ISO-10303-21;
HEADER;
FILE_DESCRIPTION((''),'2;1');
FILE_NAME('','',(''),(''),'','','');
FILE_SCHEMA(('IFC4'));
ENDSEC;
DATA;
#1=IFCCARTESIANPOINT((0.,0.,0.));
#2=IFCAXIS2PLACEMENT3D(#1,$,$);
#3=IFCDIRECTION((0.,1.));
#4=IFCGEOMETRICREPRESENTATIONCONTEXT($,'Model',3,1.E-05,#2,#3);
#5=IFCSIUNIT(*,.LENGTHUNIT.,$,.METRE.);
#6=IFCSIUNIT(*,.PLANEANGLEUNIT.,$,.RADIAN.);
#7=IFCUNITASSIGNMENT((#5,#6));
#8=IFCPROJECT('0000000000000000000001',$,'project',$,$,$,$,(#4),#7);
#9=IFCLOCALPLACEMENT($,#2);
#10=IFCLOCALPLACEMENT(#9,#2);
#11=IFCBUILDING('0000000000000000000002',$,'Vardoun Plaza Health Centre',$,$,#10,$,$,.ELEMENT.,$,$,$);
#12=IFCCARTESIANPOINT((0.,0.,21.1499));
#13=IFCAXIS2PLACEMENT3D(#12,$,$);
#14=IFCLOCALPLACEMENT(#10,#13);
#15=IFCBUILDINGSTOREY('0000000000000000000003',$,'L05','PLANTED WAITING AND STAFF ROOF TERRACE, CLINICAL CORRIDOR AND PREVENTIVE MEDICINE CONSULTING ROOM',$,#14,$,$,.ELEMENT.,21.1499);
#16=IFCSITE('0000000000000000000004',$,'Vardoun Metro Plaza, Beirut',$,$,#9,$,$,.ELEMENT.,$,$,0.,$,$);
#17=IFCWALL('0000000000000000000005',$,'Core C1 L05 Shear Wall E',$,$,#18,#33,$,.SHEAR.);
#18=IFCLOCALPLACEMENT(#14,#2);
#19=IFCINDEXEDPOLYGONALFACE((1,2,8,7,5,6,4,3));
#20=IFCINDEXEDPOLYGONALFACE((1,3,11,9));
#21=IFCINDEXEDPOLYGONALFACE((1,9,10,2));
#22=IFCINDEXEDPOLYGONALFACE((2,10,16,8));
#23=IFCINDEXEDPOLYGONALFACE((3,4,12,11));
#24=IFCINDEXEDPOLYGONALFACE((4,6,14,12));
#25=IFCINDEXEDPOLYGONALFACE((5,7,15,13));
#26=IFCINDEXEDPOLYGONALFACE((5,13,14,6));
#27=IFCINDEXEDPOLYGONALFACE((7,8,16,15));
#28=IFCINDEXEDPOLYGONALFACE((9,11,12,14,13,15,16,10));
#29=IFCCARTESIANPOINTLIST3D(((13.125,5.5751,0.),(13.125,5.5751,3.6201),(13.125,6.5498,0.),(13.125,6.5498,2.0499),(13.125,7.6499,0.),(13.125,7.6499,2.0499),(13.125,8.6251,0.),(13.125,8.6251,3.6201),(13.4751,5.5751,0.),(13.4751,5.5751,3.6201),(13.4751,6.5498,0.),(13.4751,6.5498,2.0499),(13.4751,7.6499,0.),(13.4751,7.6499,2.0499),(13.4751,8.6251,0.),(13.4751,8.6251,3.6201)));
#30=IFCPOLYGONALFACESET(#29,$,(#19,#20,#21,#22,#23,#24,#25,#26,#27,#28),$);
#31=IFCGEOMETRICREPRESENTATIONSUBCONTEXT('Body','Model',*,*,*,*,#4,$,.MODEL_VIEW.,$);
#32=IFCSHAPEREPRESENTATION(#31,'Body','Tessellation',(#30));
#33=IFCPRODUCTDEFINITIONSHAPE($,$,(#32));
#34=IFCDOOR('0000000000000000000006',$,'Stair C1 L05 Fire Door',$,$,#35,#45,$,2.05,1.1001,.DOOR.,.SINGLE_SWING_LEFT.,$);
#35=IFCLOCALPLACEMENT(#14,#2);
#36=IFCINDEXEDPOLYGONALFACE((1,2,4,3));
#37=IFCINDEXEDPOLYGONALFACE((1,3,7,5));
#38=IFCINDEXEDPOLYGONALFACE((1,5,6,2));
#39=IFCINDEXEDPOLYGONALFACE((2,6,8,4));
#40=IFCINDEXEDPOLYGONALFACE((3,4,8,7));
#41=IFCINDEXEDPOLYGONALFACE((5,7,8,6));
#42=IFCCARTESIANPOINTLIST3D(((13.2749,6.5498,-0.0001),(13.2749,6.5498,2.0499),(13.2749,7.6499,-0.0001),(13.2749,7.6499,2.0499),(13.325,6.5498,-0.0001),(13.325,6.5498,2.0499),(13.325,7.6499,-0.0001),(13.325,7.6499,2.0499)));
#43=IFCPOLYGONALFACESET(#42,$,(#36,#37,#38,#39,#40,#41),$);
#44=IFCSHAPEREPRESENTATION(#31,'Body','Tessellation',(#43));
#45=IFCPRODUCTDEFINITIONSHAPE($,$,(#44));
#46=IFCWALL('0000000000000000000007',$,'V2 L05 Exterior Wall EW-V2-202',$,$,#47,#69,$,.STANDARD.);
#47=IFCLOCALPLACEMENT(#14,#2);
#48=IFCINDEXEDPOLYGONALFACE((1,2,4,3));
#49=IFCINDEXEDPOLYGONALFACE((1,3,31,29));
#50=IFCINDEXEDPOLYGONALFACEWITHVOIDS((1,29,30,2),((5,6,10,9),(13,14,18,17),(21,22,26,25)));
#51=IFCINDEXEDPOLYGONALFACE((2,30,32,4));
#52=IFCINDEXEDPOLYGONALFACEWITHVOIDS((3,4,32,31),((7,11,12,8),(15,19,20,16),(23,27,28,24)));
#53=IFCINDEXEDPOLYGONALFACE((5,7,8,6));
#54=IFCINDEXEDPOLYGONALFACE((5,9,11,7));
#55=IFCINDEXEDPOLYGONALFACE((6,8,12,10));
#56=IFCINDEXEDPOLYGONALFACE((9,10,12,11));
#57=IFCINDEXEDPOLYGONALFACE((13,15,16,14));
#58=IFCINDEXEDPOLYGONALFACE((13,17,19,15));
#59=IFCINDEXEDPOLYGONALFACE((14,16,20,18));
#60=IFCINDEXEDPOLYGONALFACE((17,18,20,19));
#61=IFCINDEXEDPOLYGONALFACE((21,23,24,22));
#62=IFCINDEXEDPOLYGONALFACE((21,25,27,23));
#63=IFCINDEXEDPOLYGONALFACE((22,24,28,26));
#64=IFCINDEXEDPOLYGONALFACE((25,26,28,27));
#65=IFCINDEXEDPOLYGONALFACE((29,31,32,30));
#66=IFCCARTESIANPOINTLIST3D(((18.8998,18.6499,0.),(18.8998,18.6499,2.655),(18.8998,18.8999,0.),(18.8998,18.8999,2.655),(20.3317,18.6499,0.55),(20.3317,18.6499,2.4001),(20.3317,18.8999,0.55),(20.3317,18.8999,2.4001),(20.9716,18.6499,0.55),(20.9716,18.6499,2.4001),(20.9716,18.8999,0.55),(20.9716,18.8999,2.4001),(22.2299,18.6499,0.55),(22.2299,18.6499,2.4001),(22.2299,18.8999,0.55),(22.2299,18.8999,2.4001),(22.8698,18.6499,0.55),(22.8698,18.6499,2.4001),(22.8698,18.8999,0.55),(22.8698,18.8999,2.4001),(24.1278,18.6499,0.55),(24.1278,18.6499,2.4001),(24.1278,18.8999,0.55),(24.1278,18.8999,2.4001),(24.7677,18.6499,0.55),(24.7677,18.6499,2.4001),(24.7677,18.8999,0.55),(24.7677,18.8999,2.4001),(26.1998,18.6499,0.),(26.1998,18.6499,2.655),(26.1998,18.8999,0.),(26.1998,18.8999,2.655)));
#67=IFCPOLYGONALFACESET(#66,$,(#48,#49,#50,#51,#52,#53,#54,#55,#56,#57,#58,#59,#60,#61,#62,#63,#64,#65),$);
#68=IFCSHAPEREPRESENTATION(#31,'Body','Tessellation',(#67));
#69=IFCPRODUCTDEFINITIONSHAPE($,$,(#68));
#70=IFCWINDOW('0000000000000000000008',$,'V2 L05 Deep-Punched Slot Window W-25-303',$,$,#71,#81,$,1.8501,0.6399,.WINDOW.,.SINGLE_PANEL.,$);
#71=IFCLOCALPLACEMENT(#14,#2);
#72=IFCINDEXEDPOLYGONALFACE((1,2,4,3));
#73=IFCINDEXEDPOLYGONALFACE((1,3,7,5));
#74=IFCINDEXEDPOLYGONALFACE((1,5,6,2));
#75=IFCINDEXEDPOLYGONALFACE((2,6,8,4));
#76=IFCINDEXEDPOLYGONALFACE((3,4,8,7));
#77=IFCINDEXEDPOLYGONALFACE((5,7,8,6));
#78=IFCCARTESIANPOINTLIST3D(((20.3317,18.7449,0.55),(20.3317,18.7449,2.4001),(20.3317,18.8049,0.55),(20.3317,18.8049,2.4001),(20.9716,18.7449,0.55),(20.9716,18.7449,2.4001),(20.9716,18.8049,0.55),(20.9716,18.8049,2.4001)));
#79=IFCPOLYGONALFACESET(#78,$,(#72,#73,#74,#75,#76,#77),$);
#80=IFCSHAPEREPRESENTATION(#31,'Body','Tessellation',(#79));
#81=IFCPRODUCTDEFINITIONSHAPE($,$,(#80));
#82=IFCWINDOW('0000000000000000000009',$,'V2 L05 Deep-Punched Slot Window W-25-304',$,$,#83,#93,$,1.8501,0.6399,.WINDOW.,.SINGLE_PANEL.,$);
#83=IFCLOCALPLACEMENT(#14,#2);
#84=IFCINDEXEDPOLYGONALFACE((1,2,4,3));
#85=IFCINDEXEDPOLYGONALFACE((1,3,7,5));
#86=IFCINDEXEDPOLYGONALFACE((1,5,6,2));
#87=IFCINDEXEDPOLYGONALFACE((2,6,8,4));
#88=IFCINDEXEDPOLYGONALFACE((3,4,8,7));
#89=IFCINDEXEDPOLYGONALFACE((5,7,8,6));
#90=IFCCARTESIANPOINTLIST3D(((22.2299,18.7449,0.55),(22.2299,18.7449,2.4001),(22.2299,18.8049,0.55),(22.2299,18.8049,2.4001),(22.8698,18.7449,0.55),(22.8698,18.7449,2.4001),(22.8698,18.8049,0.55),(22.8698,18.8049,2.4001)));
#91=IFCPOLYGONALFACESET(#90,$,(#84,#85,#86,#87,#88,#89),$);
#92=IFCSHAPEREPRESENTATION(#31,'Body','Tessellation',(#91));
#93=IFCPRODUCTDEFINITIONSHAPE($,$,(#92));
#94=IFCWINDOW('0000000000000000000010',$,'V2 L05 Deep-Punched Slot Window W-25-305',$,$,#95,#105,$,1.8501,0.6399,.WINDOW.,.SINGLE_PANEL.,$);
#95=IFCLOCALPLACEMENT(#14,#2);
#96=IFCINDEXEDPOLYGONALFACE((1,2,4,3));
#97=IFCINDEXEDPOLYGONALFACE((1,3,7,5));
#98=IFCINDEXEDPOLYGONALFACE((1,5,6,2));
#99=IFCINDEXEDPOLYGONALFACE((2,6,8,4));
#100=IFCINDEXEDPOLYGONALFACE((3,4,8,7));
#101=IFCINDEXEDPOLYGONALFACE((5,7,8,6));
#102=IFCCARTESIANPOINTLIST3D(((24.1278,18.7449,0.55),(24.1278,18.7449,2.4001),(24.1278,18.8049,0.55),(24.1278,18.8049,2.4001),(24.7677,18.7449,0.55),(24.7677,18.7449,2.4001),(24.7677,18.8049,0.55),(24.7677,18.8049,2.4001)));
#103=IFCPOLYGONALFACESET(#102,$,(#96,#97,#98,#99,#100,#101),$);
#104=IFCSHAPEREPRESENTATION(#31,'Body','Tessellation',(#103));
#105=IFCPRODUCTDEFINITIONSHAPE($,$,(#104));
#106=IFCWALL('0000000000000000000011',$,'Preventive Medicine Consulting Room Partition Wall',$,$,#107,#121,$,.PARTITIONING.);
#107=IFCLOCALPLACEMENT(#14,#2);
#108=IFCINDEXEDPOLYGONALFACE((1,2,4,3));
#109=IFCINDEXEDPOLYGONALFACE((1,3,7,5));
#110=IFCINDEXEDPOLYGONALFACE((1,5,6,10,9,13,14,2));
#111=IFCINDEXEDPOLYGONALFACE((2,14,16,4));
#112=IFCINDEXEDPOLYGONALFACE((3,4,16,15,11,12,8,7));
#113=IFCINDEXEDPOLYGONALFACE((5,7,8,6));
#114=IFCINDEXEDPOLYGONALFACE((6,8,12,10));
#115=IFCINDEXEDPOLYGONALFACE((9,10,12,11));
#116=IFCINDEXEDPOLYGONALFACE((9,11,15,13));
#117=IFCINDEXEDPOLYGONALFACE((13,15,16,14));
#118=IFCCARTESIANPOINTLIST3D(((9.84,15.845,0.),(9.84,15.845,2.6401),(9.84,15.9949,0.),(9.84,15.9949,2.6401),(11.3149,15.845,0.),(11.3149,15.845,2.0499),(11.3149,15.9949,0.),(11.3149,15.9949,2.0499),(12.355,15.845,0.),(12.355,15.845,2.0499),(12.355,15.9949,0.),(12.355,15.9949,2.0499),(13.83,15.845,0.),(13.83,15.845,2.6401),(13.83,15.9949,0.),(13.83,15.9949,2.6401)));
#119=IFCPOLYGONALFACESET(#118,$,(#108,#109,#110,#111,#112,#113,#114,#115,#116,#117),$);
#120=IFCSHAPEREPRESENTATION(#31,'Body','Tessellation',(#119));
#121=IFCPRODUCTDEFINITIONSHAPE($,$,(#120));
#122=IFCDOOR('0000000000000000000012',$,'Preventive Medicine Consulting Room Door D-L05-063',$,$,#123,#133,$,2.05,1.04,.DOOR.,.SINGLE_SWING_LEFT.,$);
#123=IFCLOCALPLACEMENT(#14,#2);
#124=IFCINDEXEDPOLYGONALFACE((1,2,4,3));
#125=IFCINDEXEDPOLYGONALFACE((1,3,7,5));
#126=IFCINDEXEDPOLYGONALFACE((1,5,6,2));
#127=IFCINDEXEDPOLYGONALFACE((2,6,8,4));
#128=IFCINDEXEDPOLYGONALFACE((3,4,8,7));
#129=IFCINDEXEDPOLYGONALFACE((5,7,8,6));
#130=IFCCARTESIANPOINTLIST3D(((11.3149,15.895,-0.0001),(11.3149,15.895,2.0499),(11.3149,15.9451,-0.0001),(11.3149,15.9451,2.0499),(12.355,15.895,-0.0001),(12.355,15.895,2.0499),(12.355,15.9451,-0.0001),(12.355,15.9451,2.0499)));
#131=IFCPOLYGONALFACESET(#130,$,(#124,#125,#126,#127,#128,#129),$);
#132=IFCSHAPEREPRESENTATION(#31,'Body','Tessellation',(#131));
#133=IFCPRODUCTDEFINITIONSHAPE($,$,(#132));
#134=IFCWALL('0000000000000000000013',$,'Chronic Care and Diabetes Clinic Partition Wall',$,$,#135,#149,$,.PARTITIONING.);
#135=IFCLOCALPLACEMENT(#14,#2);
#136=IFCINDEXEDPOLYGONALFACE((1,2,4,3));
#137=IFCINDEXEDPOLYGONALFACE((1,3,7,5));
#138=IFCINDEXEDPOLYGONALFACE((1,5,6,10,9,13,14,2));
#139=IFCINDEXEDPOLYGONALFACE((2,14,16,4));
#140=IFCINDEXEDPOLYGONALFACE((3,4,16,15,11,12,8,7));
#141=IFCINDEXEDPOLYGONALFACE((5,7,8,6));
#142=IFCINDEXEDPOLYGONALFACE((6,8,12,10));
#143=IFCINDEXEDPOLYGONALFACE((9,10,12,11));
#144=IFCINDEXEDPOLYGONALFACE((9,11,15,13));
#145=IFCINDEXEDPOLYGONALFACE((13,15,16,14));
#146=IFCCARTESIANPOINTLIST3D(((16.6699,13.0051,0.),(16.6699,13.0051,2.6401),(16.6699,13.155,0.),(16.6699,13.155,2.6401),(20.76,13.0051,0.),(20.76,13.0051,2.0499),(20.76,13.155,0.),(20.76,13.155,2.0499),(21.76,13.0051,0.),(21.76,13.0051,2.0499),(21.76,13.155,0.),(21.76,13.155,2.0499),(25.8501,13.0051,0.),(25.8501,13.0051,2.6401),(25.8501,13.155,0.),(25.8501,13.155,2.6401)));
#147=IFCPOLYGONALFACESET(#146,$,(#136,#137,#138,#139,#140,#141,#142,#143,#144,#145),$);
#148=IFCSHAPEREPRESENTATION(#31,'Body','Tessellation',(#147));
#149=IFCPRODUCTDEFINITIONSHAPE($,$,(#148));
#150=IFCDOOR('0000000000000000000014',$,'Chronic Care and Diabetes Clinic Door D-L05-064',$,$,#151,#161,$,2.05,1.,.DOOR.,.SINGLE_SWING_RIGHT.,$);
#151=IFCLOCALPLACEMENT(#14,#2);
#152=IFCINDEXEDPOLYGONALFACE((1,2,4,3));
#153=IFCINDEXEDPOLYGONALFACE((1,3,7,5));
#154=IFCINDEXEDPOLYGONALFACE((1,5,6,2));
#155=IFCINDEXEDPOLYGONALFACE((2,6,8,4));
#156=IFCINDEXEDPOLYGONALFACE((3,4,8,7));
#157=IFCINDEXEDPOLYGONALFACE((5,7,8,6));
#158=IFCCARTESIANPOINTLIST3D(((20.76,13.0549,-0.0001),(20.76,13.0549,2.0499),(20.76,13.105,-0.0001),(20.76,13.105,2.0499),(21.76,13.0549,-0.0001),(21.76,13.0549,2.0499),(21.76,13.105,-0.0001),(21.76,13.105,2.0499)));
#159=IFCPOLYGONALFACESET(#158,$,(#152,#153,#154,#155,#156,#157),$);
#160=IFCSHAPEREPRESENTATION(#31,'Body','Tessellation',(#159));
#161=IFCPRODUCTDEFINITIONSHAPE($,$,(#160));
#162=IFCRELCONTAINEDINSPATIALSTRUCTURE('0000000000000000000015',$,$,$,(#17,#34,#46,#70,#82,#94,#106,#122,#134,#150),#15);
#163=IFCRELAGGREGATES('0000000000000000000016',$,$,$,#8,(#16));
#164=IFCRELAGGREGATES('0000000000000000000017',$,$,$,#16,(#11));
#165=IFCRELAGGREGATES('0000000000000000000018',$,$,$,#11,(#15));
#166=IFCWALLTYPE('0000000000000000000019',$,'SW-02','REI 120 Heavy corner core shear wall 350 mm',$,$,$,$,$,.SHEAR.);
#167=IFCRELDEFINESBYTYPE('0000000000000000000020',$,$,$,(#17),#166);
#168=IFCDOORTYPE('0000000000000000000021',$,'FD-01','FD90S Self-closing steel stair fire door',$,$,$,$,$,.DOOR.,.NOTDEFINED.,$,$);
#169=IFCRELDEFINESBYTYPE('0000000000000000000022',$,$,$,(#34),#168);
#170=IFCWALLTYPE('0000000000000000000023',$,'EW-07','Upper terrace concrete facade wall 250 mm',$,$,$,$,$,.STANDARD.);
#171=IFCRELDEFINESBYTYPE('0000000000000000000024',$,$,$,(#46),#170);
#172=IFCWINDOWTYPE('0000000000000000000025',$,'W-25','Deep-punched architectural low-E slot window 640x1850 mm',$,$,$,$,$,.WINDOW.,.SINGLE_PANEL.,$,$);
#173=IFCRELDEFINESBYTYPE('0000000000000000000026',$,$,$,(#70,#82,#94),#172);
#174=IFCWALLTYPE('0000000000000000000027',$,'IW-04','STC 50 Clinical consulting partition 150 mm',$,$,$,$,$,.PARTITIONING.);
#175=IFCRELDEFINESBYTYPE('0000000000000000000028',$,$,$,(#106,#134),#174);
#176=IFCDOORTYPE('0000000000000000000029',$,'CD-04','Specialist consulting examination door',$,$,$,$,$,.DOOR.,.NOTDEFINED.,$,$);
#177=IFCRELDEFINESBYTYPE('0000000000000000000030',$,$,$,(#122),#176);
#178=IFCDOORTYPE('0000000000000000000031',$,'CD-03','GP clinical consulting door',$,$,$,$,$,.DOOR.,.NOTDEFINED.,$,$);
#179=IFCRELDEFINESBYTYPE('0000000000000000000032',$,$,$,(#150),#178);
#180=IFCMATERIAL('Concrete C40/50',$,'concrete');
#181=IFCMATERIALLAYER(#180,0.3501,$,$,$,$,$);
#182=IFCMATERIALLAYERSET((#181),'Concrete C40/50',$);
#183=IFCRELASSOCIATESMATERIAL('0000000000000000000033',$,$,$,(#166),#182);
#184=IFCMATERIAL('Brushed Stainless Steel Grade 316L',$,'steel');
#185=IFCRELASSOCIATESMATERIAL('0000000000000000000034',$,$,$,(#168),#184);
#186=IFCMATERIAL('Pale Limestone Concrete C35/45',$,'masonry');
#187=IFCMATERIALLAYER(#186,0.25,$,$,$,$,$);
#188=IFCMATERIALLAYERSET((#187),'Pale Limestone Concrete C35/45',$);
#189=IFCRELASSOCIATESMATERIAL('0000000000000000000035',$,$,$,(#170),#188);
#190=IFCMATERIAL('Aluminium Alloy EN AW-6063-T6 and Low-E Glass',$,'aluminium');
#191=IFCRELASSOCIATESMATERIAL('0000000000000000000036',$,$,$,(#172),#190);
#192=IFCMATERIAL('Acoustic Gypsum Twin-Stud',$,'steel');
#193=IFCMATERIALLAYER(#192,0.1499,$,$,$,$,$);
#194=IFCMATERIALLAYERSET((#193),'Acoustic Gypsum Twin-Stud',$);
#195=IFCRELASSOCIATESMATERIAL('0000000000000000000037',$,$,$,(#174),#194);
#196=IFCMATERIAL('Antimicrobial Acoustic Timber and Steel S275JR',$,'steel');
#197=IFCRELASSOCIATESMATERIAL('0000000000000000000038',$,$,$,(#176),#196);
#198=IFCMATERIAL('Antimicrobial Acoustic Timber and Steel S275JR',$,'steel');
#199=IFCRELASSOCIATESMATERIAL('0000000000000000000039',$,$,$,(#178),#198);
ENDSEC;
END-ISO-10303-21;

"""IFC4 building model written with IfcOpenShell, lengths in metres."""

from ifc_helpers import new_model, si_unit, direction, frame, frame_2d, origin, place, context, subcontext, project, spatial, rectangle, extrude, material, layer, layer_set, type_object, element, fill, save


model = new_model("IFC4")

# Units and contexts
model_context = context("Model", 3, precision=1e-05, world=origin(), true_north=direction((0.0, 1.0)))
body_context = subcontext(model_context, "Body", "Model", "MODEL_VIEW")
ifc_project = project(units=[si_unit("LENGTHUNIT", "METRE"), si_unit("PLANEANGLEUNIT", "RADIAN")], contexts=[model_context])

# Site, building, storey
site_placement = place(None, origin())
site = spatial("IfcSite", under=ifc_project, at=site_placement, Name="Vardoun Metro Plaza, Beirut", CompositionType="ELEMENT", RefElevation=0.0)
building_placement = place(site_placement, origin())
building = spatial("IfcBuilding", under=site, at=building_placement, Name="Vardoun Plaza Health Centre", CompositionType="ELEMENT")
storey_placement = place(building_placement, frame((0.0, 0.0, 21.1499)))
storey = spatial("IfcBuildingStorey", under=building, at=storey_placement, Name="L05", Description="PLANTED WAITING AND STAFF ROOF TERRACE, CLINICAL CORRIDOR AND PREVENTIVE MEDICINE CONSULTING ROOM", CompositionType="ELEMENT", Elevation=21.1499)

# Shared definitions
ifc_material_1 = material(Name="Concrete C40/50", Category="concrete")
ifc_layer_1 = layer(ifc_material_1, 0.3501)
ifc_layer_set_1 = layer_set([ifc_layer_1], Name="Concrete C40/50")
wall_type_1 = type_object("IfcWallType", Name="SW-02", Description="REI 120 Heavy corner core shear wall 350 mm", PredefinedType="SHEAR", material=ifc_layer_set_1)

# Wall, opening, door
wall_1_placement = place(storey_placement, frame((13.3, 8.625, 0.0), z_axis=(0.0, 0.0, 1.0), x_axis=(0.0, -1.0, 0.0)))
wall_1 = element("IfcWall", 1, at=wall_1_placement, inside=storey, type_object=wall_type_1, Name="Core C1 L05 Shear Wall E", PredefinedType="SHEAR", context=body_context, shape_type="SweptSolid", body=[
    extrude(rectangle(XDim=3.05, YDim=0.3501, at=frame_2d((1.5249, 0.0))), origin(), (0.0, 0.0, 1.0), 3.6201),
])
opening_1_placement = place(wall_1_placement, frame((0.9751, 0.0, 0.0)))
opening_1 = element("IfcOpeningElement", 2, at=opening_1_placement, cuts=wall_1, PredefinedType="OPENING", context=body_context, shape_type="SweptSolid", body=[
    extrude(rectangle(XDim=1.1001, YDim=2.05, at=frame_2d((0.55, 1.0249))), frame((0.0, 0.175, 0.0), z_axis=(0.0, -1.0, 0.0), x_axis=(1.0, 0.0, 0.0)), (0.0, 0.0, 1.0), 0.3501),
])
ifc_material_2 = material(Name="Brushed Stainless Steel Grade 316L", Category="steel")
door_type_1 = type_object("IfcDoorType", Name="FD-01", Description="FD90S Self-closing steel stair fire door", OperationType="NOTDEFINED", PredefinedType="DOOR", material=ifc_material_2)
door_1_placement = place(opening_1_placement, origin())
door_1 = element("IfcDoor", 3, at=door_1_placement, inside=storey, type_object=door_type_1, Name="Stair C1 L05 Fire Door", OperationType="SINGLE_SWING_LEFT", OverallHeight=2.05, OverallWidth=1.1001, PredefinedType="DOOR", context=body_context, shape_type="SweptSolid", body=[
    extrude(rectangle(XDim=1.1001, YDim=2.05, at=frame_2d((0.55, 1.0249))), frame((0.0, 0.0249, 0.0), z_axis=(0.0, -1.0, 0.0), x_axis=(1.0, 0.0, 0.0)), (0.0, 0.0, 1.0), 0.05),
])
fill(opening_1, door_1)

# Wall, openings, windows
ifc_material_3 = material(Name="Pale Limestone Concrete C35/45", Category="masonry")
ifc_layer_2 = layer(ifc_material_3, 0.25)
ifc_layer_set_2 = layer_set([ifc_layer_2], Name="Pale Limestone Concrete C35/45")
wall_type_2 = type_object("IfcWallType", Name="EW-07", Description="Upper terrace concrete facade wall 250 mm", PredefinedType="STANDARD", material=ifc_layer_set_2)
wall_2_placement = place(storey_placement, frame((18.8999, 18.7749, 0.0), z_axis=(0.0, 0.0, 1.0), x_axis=(1.0, 0.0, 0.0)))
wall_2 = element("IfcWall", 4, at=wall_2_placement, inside=storey, type_object=wall_type_2, Name="V2 L05 Exterior Wall EW-V2-202", PredefinedType="STANDARD", context=body_context, shape_type="SweptSolid", body=[
    extrude(rectangle(XDim=7.3, YDim=0.25, at=frame_2d((3.6499, 0.0))), origin(), (0.0, 0.0, 1.0), 2.655),
])
opening_2_placement = place(wall_2_placement, frame((1.4319, 0.0, 0.55)))
opening_2 = element("IfcOpeningElement", 5, at=opening_2_placement, cuts=wall_2, PredefinedType="OPENING", context=body_context, shape_type="SweptSolid", body=[
    extrude(rectangle(XDim=0.6399, YDim=1.8501, at=frame_2d((0.3198, 0.925))), frame((0.0, 0.125, 0.0), z_axis=(0.0, -1.0, 0.0), x_axis=(1.0, 0.0, 0.0)), (0.0, 0.0, 1.0), 0.25),
])
opening_3_placement = place(wall_2_placement, frame((3.3301, 0.0, 0.55)))
opening_3 = element("IfcOpeningElement", 6, at=opening_3_placement, cuts=wall_2, PredefinedType="OPENING", context=body_context, shape_type="SweptSolid", body=[
    extrude(rectangle(XDim=0.6399, YDim=1.8501, at=frame_2d((0.3198, 0.925))), frame((0.0, 0.125, 0.0), z_axis=(0.0, -1.0, 0.0), x_axis=(1.0, 0.0, 0.0)), (0.0, 0.0, 1.0), 0.25),
])
opening_4_placement = place(wall_2_placement, frame((5.228, 0.0, 0.55)))
opening_4 = element("IfcOpeningElement", 7, at=opening_4_placement, cuts=wall_2, PredefinedType="OPENING", context=body_context, shape_type="SweptSolid", body=[
    extrude(rectangle(XDim=0.6399, YDim=1.8501, at=frame_2d((0.3198, 0.925))), frame((0.0, 0.125, 0.0), z_axis=(0.0, -1.0, 0.0), x_axis=(1.0, 0.0, 0.0)), (0.0, 0.0, 1.0), 0.25),
])
ifc_material_4 = material(Name="Aluminium Alloy EN AW-6063-T6 and Low-E Glass", Category="aluminium")
window_type = type_object("IfcWindowType", Name="W-25", Description="Deep-punched architectural low-E slot window 640x1850 mm", PartitioningType="SINGLE_PANEL", PredefinedType="WINDOW", material=ifc_material_4)
window_1_placement = place(opening_2_placement, origin())
window_1 = element("IfcWindow", 8, at=window_1_placement, inside=storey, type_object=window_type, Name="V2 L05 Deep-Punched Slot Window W-25-303", OverallHeight=1.8501, OverallWidth=0.6399, PartitioningType="SINGLE_PANEL", PredefinedType="WINDOW", context=body_context, shape_type="SweptSolid", body=[
    extrude(rectangle(XDim=0.6399, YDim=1.8501, at=frame_2d((0.3198, 0.925))), frame((0.0, 0.03, 0.0), z_axis=(0.0, -1.0, 0.0), x_axis=(1.0, 0.0, 0.0)), (0.0, 0.0, 1.0), 0.0601),
])
fill(opening_2, window_1)
window_2_placement = place(opening_3_placement, origin())
window_2 = element("IfcWindow", 9, at=window_2_placement, inside=storey, type_object=window_type, Name="V2 L05 Deep-Punched Slot Window W-25-304", OverallHeight=1.8501, OverallWidth=0.6399, PartitioningType="SINGLE_PANEL", PredefinedType="WINDOW", context=body_context, shape_type="SweptSolid", body=[
    extrude(rectangle(XDim=0.6399, YDim=1.8501, at=frame_2d((0.3198, 0.925))), frame((0.0, 0.03, 0.0), z_axis=(0.0, -1.0, 0.0), x_axis=(1.0, 0.0, 0.0)), (0.0, 0.0, 1.0), 0.0601),
])
fill(opening_3, window_2)
window_3_placement = place(opening_4_placement, origin())
window_3 = element("IfcWindow", 10, at=window_3_placement, inside=storey, type_object=window_type, Name="V2 L05 Deep-Punched Slot Window W-25-305", OverallHeight=1.8501, OverallWidth=0.6399, PartitioningType="SINGLE_PANEL", PredefinedType="WINDOW", context=body_context, shape_type="SweptSolid", body=[
    extrude(rectangle(XDim=0.6399, YDim=1.8501, at=frame_2d((0.3198, 0.925))), frame((0.0, 0.03, 0.0), z_axis=(0.0, -1.0, 0.0), x_axis=(1.0, 0.0, 0.0)), (0.0, 0.0, 1.0), 0.0601),
])
fill(opening_4, window_3)

# Walls, openings, doors
ifc_material_5 = material(Name="Acoustic Gypsum Twin-Stud", Category="steel")
ifc_layer_3 = layer(ifc_material_5, 0.1499)
ifc_layer_set_3 = layer_set([ifc_layer_3], Name="Acoustic Gypsum Twin-Stud")
wall_type_3 = type_object("IfcWallType", Name="IW-04", Description="STC 50 Clinical consulting partition 150 mm", PredefinedType="PARTITIONING", material=ifc_layer_set_3)
wall_3_placement = place(storey_placement, frame((13.8301, 15.9199, 0.0), z_axis=(0.0, 0.0, 1.0), x_axis=(-1.0, 0.0, 0.0)))
wall_3 = element("IfcWall", 11, at=wall_3_placement, inside=storey, type_object=wall_type_3, Name="Preventive Medicine Consulting Room Partition Wall", PredefinedType="PARTITIONING", context=body_context, shape_type="SweptSolid", body=[
    extrude(rectangle(XDim=3.99, YDim=0.1499, at=frame_2d((1.9951, 0.0))), origin(), (0.0, 0.0, 1.0), 2.6401),
])
opening_5_placement = place(wall_3_placement, frame((1.4751, 0.0, 0.0)))
opening_5 = element("IfcOpeningElement", 12, at=opening_5_placement, cuts=wall_3, PredefinedType="OPENING", context=body_context, shape_type="SweptSolid", body=[
    extrude(rectangle(XDim=1.04, YDim=2.05, at=frame_2d((0.52, 1.0249))), frame((0.0, 0.075, 0.0), z_axis=(0.0, -1.0, 0.0), x_axis=(1.0, 0.0, 0.0)), (0.0, 0.0, 1.0), 0.1499),
])
ifc_material_6 = material(Name="Antimicrobial Acoustic Timber and Steel S275JR", Category="steel")
door_type_2 = type_object("IfcDoorType", Name="CD-04", Description="Specialist consulting examination door", OperationType="NOTDEFINED", PredefinedType="DOOR", material=ifc_material_6)
door_2_placement = place(opening_5_placement, origin())
door_2 = element("IfcDoor", 13, at=door_2_placement, inside=storey, type_object=door_type_2, Name="Preventive Medicine Consulting Room Door D-L05-063", OperationType="SINGLE_SWING_LEFT", OverallHeight=2.05, OverallWidth=1.04, PredefinedType="DOOR", context=body_context, shape_type="SweptSolid", body=[
    extrude(rectangle(XDim=1.04, YDim=2.05, at=frame_2d((0.52, 1.0249))), frame((0.0, 0.0249, 0.0), z_axis=(0.0, -1.0, 0.0), x_axis=(1.0, 0.0, 0.0)), (0.0, 0.0, 1.0), 0.05),
])
fill(opening_5, door_2)
wall_4_placement = place(storey_placement, frame((16.6699, 13.0801, 0.0), z_axis=(0.0, 0.0, 1.0), x_axis=(1.0, 0.0, 0.0)))
wall_4 = element("IfcWall", 14, at=wall_4_placement, inside=storey, type_object=wall_type_3, Name="Chronic Care and Diabetes Clinic Partition Wall", PredefinedType="PARTITIONING", context=body_context, shape_type="SweptSolid", body=[
    extrude(rectangle(XDim=9.1802, YDim=0.1499, at=frame_2d((4.5901, 0.0))), origin(), (0.0, 0.0, 1.0), 2.6401),
])
opening_6_placement = place(wall_4_placement, frame((4.0901, 0.0, 0.0)))
opening_6 = element("IfcOpeningElement", 15, at=opening_6_placement, cuts=wall_4, PredefinedType="OPENING", context=body_context, shape_type="SweptSolid", body=[
    extrude(rectangle(XDim=1.0, YDim=2.05, at=frame_2d((0.5, 1.0249))), frame((0.0, 0.075, 0.0), z_axis=(0.0, -1.0, 0.0), x_axis=(1.0, 0.0, 0.0)), (0.0, 0.0, 1.0), 0.1499),
])
ifc_material_7 = material(Name="Antimicrobial Acoustic Timber and Steel S275JR", Category="steel")
door_type_3 = type_object("IfcDoorType", Name="CD-03", Description="GP clinical consulting door", OperationType="NOTDEFINED", PredefinedType="DOOR", material=ifc_material_7)
door_3_placement = place(opening_6_placement, origin())
door_3 = element("IfcDoor", 16, at=door_3_placement, inside=storey, type_object=door_type_3, Name="Chronic Care and Diabetes Clinic Door D-L05-064", OperationType="SINGLE_SWING_RIGHT", OverallHeight=2.05, OverallWidth=1.0, PredefinedType="DOOR", context=body_context, shape_type="SweptSolid", body=[
    extrude(rectangle(XDim=1.0, YDim=2.05, at=frame_2d((0.5, 1.0249))), frame((0.0, 0.0249, 0.0), z_axis=(0.0, -1.0, 0.0), x_axis=(1.0, 0.0, 0.0)), (0.0, 0.0, 1.0), 0.05),
])
fill(opening_6, door_3)

save(model, "model.ifc")
